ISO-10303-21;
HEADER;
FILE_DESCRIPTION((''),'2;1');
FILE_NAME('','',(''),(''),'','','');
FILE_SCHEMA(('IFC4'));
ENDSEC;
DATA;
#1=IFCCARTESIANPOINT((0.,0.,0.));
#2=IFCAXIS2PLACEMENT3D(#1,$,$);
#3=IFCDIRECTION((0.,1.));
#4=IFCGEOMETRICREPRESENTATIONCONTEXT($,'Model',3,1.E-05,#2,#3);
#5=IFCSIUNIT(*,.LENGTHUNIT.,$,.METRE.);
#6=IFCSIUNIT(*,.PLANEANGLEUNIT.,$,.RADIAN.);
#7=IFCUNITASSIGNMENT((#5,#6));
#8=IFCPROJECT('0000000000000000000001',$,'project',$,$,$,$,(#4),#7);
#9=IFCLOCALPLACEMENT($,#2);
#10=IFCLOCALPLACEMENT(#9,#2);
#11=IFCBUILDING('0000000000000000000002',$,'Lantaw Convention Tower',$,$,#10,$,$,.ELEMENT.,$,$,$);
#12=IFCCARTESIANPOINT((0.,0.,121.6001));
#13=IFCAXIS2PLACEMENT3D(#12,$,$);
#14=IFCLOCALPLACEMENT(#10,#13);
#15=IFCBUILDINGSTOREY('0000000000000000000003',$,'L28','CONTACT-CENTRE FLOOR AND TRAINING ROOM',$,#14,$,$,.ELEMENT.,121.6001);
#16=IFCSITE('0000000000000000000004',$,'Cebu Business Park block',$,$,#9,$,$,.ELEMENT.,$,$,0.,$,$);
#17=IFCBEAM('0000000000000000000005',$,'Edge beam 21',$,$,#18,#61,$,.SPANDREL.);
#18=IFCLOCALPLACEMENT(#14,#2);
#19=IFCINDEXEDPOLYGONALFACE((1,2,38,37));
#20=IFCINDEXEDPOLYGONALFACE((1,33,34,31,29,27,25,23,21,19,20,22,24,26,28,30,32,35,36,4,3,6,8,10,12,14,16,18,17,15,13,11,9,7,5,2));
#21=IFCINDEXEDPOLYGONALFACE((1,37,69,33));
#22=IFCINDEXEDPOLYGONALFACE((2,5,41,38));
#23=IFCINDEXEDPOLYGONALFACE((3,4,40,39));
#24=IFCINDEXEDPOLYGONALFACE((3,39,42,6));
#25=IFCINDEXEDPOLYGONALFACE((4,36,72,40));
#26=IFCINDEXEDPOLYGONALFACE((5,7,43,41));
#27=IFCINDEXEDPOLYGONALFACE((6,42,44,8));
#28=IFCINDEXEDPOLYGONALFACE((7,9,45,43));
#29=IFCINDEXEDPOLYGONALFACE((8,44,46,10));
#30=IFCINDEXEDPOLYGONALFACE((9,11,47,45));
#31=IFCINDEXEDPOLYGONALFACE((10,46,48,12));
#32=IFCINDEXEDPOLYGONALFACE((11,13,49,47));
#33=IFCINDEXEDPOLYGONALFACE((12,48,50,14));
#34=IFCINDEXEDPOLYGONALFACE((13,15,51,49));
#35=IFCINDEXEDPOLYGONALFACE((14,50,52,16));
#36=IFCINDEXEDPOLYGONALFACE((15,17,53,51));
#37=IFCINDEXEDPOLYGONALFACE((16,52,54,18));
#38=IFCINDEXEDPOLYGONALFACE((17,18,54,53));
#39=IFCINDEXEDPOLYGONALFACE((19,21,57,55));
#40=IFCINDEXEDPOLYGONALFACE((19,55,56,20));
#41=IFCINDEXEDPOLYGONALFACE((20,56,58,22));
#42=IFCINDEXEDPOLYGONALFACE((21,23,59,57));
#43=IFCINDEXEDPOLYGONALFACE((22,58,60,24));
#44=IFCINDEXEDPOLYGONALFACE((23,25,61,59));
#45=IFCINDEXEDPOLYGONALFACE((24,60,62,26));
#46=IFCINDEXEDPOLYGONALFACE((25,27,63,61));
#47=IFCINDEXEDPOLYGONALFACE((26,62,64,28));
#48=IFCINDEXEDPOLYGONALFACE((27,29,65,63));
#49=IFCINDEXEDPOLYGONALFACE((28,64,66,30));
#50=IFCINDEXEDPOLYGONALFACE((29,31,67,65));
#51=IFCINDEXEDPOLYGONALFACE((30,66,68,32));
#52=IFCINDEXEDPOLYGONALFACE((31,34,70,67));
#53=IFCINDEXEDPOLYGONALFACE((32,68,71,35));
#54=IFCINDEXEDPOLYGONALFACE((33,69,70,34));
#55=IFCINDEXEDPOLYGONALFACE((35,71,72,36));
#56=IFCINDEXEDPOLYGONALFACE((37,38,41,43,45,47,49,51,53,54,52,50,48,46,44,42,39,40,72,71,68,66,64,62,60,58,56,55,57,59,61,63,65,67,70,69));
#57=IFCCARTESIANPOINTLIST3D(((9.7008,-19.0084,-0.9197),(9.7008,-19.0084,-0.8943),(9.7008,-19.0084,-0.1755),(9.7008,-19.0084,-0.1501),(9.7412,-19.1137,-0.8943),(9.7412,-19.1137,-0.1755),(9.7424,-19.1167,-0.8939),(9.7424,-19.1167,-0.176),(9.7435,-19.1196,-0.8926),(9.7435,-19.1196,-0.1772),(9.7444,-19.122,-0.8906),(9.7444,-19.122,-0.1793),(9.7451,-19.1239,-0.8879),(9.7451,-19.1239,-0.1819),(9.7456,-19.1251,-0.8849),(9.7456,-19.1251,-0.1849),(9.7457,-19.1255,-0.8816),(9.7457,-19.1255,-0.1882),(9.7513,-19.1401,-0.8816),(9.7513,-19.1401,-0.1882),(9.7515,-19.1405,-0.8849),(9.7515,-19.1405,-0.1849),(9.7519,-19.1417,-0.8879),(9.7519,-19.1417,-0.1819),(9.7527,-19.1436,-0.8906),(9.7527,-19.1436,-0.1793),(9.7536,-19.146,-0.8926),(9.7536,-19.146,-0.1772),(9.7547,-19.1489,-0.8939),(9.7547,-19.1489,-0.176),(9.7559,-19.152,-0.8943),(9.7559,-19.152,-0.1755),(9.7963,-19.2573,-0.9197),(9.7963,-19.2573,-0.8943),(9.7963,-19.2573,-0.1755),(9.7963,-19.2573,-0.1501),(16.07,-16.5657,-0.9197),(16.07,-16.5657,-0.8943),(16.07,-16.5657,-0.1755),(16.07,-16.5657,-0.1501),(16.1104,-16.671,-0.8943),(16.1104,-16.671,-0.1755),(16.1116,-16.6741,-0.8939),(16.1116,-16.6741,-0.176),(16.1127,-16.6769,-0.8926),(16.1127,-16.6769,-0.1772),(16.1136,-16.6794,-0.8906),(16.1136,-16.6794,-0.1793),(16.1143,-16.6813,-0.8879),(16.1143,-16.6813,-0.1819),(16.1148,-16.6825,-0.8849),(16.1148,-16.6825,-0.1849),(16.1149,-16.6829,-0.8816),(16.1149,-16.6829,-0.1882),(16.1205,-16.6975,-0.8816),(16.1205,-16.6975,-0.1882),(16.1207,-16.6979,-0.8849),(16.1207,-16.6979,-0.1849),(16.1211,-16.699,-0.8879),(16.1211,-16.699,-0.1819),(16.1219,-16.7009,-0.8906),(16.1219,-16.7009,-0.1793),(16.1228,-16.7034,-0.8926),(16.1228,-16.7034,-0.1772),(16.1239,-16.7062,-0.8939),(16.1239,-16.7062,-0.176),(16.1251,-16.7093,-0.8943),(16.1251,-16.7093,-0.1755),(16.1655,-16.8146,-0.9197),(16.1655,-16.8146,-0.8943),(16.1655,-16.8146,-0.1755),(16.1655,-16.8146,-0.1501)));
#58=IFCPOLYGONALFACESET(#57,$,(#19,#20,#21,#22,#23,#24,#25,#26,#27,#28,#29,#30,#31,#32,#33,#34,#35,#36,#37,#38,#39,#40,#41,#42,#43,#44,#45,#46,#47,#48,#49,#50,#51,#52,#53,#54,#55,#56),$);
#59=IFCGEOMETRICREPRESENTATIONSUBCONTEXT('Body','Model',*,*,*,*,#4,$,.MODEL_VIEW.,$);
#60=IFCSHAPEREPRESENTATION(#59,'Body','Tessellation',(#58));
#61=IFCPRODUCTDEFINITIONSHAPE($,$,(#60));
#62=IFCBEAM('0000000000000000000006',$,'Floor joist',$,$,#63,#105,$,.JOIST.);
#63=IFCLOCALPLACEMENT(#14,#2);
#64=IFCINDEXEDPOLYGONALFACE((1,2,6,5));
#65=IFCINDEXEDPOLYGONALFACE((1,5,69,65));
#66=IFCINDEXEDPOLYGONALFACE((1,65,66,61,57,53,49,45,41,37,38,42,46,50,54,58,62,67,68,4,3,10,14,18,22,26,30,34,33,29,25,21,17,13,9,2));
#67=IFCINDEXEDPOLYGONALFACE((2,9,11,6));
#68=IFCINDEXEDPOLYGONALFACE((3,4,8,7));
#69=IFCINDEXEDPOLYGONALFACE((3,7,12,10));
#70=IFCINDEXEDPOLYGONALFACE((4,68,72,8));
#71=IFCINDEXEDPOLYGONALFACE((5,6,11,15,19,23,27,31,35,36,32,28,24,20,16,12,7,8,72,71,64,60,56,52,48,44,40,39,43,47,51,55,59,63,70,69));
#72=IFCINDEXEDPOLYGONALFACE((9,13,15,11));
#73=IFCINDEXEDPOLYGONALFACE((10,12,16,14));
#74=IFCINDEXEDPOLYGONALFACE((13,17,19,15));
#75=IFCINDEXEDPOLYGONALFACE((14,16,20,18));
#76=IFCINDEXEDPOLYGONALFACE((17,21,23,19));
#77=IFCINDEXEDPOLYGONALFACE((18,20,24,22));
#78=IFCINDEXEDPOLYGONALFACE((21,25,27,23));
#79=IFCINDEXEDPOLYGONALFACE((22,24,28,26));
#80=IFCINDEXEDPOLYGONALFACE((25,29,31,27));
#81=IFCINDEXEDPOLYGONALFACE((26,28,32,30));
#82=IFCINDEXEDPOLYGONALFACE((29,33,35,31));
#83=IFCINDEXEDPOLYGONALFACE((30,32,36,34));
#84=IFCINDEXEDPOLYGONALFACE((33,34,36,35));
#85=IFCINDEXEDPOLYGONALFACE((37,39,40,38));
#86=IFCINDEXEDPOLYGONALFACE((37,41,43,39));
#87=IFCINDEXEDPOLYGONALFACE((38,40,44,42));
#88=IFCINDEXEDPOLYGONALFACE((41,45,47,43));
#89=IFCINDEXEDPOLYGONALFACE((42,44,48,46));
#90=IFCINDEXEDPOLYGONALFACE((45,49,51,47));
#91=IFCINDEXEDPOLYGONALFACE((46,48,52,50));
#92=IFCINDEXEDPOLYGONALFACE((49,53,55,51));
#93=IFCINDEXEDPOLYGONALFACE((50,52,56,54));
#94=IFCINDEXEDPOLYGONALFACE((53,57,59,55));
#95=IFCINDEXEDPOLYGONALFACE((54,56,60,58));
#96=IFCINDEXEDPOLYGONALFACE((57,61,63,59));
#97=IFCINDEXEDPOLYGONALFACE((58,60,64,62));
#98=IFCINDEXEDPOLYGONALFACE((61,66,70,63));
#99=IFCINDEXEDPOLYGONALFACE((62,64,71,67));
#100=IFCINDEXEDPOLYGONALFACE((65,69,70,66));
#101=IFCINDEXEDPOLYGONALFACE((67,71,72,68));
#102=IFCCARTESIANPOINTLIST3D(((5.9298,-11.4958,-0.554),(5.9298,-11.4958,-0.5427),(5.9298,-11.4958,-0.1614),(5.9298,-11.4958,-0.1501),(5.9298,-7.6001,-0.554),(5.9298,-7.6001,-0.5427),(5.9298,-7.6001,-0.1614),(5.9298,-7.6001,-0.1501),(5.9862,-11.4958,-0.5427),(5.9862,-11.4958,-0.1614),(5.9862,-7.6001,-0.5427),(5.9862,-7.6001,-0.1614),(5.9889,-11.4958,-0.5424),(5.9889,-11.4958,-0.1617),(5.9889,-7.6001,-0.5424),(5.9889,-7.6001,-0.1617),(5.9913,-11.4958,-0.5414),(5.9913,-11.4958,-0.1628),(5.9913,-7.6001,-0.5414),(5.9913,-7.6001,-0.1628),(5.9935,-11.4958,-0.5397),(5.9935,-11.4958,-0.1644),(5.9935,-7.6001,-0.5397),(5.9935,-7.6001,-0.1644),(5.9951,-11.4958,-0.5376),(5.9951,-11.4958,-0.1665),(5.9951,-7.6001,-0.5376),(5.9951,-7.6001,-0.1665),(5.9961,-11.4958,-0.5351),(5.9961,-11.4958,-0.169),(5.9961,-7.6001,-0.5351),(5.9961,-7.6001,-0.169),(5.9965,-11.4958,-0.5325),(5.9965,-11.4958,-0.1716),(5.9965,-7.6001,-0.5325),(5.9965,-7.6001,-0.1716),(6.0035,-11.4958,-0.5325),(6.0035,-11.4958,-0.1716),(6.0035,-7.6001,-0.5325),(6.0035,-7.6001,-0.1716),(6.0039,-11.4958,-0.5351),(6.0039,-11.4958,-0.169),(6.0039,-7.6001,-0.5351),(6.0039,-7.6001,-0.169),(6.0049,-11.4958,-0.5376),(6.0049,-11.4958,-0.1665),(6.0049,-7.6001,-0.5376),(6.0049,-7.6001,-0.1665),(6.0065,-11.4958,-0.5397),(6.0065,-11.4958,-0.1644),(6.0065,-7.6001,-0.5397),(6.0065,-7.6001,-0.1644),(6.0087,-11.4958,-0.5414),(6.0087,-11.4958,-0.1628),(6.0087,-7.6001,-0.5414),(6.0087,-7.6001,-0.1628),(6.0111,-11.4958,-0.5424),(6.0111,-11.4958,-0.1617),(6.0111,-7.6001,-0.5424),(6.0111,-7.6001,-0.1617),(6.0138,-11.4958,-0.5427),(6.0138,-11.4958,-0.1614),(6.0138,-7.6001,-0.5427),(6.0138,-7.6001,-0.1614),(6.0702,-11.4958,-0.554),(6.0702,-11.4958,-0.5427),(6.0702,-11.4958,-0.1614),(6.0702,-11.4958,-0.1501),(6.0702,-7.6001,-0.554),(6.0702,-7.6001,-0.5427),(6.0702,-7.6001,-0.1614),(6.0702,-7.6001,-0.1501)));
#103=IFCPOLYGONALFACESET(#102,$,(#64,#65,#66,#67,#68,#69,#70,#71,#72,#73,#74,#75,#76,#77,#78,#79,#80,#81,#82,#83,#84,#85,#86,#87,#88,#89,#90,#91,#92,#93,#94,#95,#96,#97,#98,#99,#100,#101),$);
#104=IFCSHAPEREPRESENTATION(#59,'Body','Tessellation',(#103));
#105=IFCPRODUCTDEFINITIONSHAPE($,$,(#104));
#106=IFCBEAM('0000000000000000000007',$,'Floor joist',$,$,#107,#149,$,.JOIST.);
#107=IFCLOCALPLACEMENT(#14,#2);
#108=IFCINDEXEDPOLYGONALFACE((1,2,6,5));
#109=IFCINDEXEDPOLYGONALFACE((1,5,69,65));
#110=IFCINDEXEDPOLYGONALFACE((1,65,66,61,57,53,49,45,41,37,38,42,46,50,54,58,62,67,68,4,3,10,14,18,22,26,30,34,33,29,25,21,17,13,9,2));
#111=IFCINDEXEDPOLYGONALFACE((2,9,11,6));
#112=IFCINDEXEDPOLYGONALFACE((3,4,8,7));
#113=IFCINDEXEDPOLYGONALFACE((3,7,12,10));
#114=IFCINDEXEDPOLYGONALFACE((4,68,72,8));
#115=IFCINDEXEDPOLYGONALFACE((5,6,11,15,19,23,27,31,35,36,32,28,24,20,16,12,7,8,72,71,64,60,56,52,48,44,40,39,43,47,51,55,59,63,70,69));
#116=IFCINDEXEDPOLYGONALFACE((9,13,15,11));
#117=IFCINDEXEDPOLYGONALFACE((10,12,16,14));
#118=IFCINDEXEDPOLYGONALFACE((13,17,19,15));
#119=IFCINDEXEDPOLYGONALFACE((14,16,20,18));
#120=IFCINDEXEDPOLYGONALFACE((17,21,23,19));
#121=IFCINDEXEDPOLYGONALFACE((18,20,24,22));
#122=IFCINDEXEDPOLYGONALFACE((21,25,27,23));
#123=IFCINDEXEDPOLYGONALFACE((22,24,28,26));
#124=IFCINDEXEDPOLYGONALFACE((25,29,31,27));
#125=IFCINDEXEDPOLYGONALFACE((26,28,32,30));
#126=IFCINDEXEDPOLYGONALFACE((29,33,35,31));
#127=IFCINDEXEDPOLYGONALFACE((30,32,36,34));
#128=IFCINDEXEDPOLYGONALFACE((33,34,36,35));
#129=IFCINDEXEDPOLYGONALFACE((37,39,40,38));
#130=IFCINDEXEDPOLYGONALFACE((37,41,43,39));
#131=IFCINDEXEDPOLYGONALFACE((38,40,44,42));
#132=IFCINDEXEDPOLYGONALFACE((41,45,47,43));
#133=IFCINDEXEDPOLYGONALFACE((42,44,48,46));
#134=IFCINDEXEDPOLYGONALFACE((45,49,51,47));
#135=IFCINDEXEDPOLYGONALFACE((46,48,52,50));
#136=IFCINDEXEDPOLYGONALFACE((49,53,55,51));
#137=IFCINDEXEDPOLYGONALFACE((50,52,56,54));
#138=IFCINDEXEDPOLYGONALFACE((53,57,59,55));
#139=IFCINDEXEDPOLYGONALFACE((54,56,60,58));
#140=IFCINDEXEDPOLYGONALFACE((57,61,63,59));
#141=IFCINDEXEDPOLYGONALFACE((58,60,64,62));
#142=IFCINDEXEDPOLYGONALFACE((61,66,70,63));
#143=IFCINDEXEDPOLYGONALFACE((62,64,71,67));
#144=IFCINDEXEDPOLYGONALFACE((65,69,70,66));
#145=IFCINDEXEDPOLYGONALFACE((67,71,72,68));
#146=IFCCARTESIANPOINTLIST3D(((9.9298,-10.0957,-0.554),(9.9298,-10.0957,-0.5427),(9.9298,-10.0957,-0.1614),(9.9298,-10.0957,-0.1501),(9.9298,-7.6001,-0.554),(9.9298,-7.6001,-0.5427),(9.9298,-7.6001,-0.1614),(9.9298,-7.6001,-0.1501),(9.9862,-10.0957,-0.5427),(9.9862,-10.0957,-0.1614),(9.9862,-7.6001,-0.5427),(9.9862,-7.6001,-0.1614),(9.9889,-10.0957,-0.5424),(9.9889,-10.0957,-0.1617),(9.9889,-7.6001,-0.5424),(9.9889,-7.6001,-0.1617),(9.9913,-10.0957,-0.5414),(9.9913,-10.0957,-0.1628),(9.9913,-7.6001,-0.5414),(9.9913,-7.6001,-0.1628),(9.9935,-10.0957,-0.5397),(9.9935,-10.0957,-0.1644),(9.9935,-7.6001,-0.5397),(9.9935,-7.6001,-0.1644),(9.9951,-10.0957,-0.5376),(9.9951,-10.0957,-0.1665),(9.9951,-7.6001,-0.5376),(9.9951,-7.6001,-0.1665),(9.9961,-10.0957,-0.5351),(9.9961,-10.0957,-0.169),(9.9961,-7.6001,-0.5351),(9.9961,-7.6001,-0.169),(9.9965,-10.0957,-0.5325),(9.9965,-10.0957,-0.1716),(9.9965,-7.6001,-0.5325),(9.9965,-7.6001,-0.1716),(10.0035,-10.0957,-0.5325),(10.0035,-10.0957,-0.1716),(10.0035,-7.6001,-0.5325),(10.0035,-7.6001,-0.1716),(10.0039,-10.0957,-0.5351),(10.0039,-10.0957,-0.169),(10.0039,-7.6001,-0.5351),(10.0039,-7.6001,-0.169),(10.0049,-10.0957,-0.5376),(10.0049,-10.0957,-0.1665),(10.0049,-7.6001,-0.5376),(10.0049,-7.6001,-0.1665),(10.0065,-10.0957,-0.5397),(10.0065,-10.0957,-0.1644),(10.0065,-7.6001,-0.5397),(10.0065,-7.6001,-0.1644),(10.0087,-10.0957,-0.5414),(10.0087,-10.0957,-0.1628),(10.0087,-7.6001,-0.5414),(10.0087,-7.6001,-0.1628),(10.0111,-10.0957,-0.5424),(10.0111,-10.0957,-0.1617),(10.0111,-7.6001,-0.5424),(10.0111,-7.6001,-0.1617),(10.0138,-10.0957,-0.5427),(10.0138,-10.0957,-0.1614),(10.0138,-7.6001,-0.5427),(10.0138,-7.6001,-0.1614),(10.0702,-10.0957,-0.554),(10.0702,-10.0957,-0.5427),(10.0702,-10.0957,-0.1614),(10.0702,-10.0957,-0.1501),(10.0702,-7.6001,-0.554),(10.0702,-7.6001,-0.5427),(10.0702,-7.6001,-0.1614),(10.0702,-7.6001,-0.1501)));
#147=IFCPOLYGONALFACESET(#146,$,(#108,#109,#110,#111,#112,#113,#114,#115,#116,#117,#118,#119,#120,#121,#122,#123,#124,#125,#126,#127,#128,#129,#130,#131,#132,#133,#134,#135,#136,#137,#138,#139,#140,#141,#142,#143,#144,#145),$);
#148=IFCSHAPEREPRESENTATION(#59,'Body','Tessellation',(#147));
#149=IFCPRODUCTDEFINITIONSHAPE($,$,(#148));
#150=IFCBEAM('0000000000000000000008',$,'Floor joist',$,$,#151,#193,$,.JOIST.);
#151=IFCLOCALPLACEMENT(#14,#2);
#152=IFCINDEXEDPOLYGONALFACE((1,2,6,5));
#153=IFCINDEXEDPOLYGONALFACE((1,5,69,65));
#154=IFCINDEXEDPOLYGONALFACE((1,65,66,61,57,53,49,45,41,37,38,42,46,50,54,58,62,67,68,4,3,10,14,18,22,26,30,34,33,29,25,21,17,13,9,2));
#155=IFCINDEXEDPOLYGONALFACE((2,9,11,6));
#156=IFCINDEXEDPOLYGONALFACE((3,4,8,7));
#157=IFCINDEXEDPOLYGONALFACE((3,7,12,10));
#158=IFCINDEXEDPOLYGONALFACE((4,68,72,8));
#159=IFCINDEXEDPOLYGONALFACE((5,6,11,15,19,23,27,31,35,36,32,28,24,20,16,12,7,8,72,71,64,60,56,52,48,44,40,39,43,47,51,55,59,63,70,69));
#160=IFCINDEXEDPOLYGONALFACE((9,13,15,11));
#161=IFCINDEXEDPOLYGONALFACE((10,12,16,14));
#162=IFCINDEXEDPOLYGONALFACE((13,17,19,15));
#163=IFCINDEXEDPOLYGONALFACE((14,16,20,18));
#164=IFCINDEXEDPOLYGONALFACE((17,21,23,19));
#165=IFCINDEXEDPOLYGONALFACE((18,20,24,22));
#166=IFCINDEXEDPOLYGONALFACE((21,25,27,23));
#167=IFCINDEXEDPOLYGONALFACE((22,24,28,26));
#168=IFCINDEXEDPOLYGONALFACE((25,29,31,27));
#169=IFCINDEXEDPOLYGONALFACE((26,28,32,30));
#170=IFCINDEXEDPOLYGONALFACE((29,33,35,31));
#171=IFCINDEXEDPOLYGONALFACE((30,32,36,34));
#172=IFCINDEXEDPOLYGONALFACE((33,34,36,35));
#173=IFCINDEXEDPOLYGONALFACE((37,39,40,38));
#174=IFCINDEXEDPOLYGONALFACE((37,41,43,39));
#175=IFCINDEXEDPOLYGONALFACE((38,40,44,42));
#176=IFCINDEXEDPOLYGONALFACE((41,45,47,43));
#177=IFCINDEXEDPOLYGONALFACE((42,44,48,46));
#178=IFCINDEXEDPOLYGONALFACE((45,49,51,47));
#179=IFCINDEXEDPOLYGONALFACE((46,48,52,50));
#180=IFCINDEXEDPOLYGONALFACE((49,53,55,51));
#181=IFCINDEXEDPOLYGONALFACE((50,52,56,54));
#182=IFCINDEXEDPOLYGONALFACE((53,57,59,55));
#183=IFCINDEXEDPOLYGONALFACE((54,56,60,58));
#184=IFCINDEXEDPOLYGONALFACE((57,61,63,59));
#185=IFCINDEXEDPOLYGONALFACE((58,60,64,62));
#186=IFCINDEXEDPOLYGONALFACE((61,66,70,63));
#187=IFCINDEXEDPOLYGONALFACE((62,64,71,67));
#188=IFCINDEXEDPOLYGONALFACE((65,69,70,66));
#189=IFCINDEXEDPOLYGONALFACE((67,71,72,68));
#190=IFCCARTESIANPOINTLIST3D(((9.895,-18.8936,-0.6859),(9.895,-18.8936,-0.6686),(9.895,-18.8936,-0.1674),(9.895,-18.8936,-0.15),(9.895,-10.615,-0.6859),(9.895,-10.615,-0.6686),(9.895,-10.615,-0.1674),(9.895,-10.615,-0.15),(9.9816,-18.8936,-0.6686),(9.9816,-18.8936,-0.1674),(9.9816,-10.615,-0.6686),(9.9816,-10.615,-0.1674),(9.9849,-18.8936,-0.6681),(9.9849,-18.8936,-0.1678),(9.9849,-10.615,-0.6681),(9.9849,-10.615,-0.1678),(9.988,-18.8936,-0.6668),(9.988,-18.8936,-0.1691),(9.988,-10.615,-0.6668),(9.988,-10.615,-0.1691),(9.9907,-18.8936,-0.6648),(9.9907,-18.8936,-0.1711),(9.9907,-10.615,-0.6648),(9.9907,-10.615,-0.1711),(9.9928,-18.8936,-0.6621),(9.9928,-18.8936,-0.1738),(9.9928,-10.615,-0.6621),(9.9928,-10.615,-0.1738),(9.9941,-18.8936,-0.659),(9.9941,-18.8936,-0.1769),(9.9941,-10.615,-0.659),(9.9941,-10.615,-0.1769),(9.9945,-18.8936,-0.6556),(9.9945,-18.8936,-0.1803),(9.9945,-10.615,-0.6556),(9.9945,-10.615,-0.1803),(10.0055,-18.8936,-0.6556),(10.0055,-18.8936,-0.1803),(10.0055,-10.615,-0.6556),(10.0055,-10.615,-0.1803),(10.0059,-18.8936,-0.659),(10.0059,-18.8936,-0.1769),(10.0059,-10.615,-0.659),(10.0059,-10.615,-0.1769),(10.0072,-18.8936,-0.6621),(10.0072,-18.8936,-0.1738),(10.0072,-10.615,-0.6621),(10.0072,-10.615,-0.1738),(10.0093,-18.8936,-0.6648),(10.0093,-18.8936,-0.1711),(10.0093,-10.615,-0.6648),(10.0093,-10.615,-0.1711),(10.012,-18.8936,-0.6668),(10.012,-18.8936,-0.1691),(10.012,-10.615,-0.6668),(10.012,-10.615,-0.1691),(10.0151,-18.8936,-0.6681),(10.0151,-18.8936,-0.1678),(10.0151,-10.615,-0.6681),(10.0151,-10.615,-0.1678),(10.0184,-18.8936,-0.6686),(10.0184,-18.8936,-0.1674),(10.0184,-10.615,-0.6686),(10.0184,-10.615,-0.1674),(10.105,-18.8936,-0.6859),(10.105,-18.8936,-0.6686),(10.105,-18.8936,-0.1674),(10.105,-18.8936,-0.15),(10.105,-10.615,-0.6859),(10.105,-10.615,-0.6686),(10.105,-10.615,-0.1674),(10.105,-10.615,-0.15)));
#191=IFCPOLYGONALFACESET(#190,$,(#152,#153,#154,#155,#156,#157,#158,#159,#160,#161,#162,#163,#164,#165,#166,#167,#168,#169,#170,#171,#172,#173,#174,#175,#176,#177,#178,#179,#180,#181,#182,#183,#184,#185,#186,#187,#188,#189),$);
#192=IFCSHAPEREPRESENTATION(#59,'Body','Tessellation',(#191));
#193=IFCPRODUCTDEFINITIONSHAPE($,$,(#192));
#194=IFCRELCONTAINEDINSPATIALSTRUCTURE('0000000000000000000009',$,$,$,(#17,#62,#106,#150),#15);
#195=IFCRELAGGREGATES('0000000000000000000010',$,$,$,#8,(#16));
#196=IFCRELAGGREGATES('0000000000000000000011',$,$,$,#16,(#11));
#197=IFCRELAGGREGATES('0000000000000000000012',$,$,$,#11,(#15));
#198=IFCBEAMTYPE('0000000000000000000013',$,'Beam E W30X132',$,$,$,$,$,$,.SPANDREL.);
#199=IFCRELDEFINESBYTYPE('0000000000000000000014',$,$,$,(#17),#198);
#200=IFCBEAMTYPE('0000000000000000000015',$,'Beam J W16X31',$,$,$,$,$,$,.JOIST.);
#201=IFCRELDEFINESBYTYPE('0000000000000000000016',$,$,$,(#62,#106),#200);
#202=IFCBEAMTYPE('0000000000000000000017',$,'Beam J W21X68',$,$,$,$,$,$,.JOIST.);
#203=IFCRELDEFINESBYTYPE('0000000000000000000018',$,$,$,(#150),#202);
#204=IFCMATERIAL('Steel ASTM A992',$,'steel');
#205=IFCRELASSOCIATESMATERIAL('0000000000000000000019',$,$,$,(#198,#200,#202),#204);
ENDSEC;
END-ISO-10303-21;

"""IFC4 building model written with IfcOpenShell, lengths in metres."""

from ifc_helpers import new_model, si_unit, direction, frame, origin, origin_2d, place, context, subcontext, project, spatial, i_section, extrude, material, material_profile, profile_set, type_object, element, save


model = new_model("IFC4")

# Units and contexts
model_context = context("Model", 3, precision=1e-05, world=origin(), true_north=direction((0.0, 1.0)))
body_context = subcontext(model_context, "Body", "Model", "MODEL_VIEW")
ifc_project = project(units=[si_unit("LENGTHUNIT", "METRE"), si_unit("PLANEANGLEUNIT", "RADIAN")], contexts=[model_context])

# Site, building, storey
site_placement = place(None, origin())
site = spatial("IfcSite", under=ifc_project, at=site_placement, Name="Cebu Business Park block", CompositionType="ELEMENT", RefElevation=0.0)
building_placement = place(site_placement, origin())
building = spatial("IfcBuilding", under=site, at=building_placement, Name="Lantaw Convention Tower", CompositionType="ELEMENT")
storey_placement = place(building_placement, frame((0.0, 0.0, 121.6001)))
storey = spatial("IfcBuildingStorey", under=building, at=storey_placement, Name="L28", Description="CONTACT-CENTRE FLOOR AND TRAINING ROOM", CompositionType="ELEMENT", Elevation=121.6001)

# Beams
ifc_material_1 = material(Name="Steel ASTM A992", Category="steel")
ifc_material_profile_1 = material_profile(ifc_material_1, i_section(OverallWidth=0.2666, OverallDepth=0.7695, WebThickness=0.0156, FlangeThickness=0.0254, FilletRadius=0.0127, at=origin_2d()), Name="W30X132")
ifc_profile_set_1 = profile_set([ifc_material_profile_1], Name="Steel ASTM A992")
beam_type_1 = type_object("IfcBeamType", Name="Beam E W30X132", PredefinedType="SPANDREL", material=ifc_profile_set_1)
beam_1_placement = place(storey_placement, frame((9.7485, -19.1328, -0.5349), z_axis=(0.933691, 0.35808, 0.0), x_axis=(-0.35808, 0.933691, 0.0)))
element("IfcBeam", 1, at=beam_1_placement, inside=storey, type_object=beam_type_1, Name="Edge beam 21", PredefinedType="SPANDREL", context=body_context, shape_type="SweptSolid", body=[
    extrude(i_section(OverallWidth=0.2666, OverallDepth=0.7695, WebThickness=0.0156, FlangeThickness=0.0254, FilletRadius=0.0127, at=origin_2d()), origin(), (0.0, 0.0, 1.0), 6.8215),
])
ifc_material_profile_2 = material_profile(ifc_material_1, i_section(OverallWidth=0.1404, OverallDepth=0.4038, WebThickness=0.0071, FlangeThickness=0.0112, FilletRadius=0.0103, at=origin_2d()), Name="W16X31")
ifc_profile_set_2 = profile_set([ifc_material_profile_2], Name="Steel ASTM A992")
beam_type_2 = type_object("IfcBeamType", Name="Beam J W16X31", PredefinedType="JOIST", material=ifc_profile_set_2)
beam_2_placement = place(storey_placement, frame((6.0, -11.4958, -0.3521), z_axis=(0.0, 1.0, 0.0), x_axis=(-1.0, 0.0, 0.0)))
element("IfcBeam", 2, at=beam_2_placement, inside=storey, type_object=beam_type_2, Name="Floor joist", PredefinedType="JOIST", context=body_context, shape_type="SweptSolid", body=[
    extrude(i_section(OverallWidth=0.1404, OverallDepth=0.4038, WebThickness=0.0071, FlangeThickness=0.0112, FilletRadius=0.0103, at=origin_2d()), origin(), (0.0, 0.0, 1.0), 3.8958),
])
beam_3_placement = place(storey_placement, frame((10.0, -10.0957, -0.3521), z_axis=(0.0, 1.0, 0.0), x_axis=(-1.0, 0.0, 0.0)))
element("IfcBeam", 3, at=beam_3_placement, inside=storey, type_object=beam_type_2, Name="Floor joist", PredefinedType="JOIST", context=body_context, shape_type="SweptSolid", body=[
    extrude(i_section(OverallWidth=0.1404, OverallDepth=0.4038, WebThickness=0.0071, FlangeThickness=0.0112, FilletRadius=0.0103, at=origin_2d()), origin(), (0.0, 0.0, 1.0), 2.4956),
])
ifc_material_profile_3 = material_profile(ifc_material_1, i_section(OverallWidth=0.21, OverallDepth=0.5359, WebThickness=0.011, FlangeThickness=0.0173, FilletRadius=0.0129, at=origin_2d()), Name="W21X68")
ifc_profile_set_3 = profile_set([ifc_material_profile_3], Name="Steel ASTM A992")
beam_type_3 = type_object("IfcBeamType", Name="Beam J W21X68", PredefinedType="JOIST", material=ifc_profile_set_3)
beam_4_placement = place(storey_placement, frame((10.0, -18.8936, -0.418), z_axis=(0.0, 1.0, 0.0), x_axis=(-1.0, 0.0, 0.0)))
element("IfcBeam", 4, at=beam_4_placement, inside=storey, type_object=beam_type_3, Name="Floor joist", PredefinedType="JOIST", context=body_context, shape_type="SweptSolid", body=[
    extrude(i_section(OverallWidth=0.21, OverallDepth=0.5359, WebThickness=0.011, FlangeThickness=0.0173, FilletRadius=0.0129, at=origin_2d()), origin(), (0.0, 0.0, 1.0), 8.2786),
])

save(model, "model.ifc")
